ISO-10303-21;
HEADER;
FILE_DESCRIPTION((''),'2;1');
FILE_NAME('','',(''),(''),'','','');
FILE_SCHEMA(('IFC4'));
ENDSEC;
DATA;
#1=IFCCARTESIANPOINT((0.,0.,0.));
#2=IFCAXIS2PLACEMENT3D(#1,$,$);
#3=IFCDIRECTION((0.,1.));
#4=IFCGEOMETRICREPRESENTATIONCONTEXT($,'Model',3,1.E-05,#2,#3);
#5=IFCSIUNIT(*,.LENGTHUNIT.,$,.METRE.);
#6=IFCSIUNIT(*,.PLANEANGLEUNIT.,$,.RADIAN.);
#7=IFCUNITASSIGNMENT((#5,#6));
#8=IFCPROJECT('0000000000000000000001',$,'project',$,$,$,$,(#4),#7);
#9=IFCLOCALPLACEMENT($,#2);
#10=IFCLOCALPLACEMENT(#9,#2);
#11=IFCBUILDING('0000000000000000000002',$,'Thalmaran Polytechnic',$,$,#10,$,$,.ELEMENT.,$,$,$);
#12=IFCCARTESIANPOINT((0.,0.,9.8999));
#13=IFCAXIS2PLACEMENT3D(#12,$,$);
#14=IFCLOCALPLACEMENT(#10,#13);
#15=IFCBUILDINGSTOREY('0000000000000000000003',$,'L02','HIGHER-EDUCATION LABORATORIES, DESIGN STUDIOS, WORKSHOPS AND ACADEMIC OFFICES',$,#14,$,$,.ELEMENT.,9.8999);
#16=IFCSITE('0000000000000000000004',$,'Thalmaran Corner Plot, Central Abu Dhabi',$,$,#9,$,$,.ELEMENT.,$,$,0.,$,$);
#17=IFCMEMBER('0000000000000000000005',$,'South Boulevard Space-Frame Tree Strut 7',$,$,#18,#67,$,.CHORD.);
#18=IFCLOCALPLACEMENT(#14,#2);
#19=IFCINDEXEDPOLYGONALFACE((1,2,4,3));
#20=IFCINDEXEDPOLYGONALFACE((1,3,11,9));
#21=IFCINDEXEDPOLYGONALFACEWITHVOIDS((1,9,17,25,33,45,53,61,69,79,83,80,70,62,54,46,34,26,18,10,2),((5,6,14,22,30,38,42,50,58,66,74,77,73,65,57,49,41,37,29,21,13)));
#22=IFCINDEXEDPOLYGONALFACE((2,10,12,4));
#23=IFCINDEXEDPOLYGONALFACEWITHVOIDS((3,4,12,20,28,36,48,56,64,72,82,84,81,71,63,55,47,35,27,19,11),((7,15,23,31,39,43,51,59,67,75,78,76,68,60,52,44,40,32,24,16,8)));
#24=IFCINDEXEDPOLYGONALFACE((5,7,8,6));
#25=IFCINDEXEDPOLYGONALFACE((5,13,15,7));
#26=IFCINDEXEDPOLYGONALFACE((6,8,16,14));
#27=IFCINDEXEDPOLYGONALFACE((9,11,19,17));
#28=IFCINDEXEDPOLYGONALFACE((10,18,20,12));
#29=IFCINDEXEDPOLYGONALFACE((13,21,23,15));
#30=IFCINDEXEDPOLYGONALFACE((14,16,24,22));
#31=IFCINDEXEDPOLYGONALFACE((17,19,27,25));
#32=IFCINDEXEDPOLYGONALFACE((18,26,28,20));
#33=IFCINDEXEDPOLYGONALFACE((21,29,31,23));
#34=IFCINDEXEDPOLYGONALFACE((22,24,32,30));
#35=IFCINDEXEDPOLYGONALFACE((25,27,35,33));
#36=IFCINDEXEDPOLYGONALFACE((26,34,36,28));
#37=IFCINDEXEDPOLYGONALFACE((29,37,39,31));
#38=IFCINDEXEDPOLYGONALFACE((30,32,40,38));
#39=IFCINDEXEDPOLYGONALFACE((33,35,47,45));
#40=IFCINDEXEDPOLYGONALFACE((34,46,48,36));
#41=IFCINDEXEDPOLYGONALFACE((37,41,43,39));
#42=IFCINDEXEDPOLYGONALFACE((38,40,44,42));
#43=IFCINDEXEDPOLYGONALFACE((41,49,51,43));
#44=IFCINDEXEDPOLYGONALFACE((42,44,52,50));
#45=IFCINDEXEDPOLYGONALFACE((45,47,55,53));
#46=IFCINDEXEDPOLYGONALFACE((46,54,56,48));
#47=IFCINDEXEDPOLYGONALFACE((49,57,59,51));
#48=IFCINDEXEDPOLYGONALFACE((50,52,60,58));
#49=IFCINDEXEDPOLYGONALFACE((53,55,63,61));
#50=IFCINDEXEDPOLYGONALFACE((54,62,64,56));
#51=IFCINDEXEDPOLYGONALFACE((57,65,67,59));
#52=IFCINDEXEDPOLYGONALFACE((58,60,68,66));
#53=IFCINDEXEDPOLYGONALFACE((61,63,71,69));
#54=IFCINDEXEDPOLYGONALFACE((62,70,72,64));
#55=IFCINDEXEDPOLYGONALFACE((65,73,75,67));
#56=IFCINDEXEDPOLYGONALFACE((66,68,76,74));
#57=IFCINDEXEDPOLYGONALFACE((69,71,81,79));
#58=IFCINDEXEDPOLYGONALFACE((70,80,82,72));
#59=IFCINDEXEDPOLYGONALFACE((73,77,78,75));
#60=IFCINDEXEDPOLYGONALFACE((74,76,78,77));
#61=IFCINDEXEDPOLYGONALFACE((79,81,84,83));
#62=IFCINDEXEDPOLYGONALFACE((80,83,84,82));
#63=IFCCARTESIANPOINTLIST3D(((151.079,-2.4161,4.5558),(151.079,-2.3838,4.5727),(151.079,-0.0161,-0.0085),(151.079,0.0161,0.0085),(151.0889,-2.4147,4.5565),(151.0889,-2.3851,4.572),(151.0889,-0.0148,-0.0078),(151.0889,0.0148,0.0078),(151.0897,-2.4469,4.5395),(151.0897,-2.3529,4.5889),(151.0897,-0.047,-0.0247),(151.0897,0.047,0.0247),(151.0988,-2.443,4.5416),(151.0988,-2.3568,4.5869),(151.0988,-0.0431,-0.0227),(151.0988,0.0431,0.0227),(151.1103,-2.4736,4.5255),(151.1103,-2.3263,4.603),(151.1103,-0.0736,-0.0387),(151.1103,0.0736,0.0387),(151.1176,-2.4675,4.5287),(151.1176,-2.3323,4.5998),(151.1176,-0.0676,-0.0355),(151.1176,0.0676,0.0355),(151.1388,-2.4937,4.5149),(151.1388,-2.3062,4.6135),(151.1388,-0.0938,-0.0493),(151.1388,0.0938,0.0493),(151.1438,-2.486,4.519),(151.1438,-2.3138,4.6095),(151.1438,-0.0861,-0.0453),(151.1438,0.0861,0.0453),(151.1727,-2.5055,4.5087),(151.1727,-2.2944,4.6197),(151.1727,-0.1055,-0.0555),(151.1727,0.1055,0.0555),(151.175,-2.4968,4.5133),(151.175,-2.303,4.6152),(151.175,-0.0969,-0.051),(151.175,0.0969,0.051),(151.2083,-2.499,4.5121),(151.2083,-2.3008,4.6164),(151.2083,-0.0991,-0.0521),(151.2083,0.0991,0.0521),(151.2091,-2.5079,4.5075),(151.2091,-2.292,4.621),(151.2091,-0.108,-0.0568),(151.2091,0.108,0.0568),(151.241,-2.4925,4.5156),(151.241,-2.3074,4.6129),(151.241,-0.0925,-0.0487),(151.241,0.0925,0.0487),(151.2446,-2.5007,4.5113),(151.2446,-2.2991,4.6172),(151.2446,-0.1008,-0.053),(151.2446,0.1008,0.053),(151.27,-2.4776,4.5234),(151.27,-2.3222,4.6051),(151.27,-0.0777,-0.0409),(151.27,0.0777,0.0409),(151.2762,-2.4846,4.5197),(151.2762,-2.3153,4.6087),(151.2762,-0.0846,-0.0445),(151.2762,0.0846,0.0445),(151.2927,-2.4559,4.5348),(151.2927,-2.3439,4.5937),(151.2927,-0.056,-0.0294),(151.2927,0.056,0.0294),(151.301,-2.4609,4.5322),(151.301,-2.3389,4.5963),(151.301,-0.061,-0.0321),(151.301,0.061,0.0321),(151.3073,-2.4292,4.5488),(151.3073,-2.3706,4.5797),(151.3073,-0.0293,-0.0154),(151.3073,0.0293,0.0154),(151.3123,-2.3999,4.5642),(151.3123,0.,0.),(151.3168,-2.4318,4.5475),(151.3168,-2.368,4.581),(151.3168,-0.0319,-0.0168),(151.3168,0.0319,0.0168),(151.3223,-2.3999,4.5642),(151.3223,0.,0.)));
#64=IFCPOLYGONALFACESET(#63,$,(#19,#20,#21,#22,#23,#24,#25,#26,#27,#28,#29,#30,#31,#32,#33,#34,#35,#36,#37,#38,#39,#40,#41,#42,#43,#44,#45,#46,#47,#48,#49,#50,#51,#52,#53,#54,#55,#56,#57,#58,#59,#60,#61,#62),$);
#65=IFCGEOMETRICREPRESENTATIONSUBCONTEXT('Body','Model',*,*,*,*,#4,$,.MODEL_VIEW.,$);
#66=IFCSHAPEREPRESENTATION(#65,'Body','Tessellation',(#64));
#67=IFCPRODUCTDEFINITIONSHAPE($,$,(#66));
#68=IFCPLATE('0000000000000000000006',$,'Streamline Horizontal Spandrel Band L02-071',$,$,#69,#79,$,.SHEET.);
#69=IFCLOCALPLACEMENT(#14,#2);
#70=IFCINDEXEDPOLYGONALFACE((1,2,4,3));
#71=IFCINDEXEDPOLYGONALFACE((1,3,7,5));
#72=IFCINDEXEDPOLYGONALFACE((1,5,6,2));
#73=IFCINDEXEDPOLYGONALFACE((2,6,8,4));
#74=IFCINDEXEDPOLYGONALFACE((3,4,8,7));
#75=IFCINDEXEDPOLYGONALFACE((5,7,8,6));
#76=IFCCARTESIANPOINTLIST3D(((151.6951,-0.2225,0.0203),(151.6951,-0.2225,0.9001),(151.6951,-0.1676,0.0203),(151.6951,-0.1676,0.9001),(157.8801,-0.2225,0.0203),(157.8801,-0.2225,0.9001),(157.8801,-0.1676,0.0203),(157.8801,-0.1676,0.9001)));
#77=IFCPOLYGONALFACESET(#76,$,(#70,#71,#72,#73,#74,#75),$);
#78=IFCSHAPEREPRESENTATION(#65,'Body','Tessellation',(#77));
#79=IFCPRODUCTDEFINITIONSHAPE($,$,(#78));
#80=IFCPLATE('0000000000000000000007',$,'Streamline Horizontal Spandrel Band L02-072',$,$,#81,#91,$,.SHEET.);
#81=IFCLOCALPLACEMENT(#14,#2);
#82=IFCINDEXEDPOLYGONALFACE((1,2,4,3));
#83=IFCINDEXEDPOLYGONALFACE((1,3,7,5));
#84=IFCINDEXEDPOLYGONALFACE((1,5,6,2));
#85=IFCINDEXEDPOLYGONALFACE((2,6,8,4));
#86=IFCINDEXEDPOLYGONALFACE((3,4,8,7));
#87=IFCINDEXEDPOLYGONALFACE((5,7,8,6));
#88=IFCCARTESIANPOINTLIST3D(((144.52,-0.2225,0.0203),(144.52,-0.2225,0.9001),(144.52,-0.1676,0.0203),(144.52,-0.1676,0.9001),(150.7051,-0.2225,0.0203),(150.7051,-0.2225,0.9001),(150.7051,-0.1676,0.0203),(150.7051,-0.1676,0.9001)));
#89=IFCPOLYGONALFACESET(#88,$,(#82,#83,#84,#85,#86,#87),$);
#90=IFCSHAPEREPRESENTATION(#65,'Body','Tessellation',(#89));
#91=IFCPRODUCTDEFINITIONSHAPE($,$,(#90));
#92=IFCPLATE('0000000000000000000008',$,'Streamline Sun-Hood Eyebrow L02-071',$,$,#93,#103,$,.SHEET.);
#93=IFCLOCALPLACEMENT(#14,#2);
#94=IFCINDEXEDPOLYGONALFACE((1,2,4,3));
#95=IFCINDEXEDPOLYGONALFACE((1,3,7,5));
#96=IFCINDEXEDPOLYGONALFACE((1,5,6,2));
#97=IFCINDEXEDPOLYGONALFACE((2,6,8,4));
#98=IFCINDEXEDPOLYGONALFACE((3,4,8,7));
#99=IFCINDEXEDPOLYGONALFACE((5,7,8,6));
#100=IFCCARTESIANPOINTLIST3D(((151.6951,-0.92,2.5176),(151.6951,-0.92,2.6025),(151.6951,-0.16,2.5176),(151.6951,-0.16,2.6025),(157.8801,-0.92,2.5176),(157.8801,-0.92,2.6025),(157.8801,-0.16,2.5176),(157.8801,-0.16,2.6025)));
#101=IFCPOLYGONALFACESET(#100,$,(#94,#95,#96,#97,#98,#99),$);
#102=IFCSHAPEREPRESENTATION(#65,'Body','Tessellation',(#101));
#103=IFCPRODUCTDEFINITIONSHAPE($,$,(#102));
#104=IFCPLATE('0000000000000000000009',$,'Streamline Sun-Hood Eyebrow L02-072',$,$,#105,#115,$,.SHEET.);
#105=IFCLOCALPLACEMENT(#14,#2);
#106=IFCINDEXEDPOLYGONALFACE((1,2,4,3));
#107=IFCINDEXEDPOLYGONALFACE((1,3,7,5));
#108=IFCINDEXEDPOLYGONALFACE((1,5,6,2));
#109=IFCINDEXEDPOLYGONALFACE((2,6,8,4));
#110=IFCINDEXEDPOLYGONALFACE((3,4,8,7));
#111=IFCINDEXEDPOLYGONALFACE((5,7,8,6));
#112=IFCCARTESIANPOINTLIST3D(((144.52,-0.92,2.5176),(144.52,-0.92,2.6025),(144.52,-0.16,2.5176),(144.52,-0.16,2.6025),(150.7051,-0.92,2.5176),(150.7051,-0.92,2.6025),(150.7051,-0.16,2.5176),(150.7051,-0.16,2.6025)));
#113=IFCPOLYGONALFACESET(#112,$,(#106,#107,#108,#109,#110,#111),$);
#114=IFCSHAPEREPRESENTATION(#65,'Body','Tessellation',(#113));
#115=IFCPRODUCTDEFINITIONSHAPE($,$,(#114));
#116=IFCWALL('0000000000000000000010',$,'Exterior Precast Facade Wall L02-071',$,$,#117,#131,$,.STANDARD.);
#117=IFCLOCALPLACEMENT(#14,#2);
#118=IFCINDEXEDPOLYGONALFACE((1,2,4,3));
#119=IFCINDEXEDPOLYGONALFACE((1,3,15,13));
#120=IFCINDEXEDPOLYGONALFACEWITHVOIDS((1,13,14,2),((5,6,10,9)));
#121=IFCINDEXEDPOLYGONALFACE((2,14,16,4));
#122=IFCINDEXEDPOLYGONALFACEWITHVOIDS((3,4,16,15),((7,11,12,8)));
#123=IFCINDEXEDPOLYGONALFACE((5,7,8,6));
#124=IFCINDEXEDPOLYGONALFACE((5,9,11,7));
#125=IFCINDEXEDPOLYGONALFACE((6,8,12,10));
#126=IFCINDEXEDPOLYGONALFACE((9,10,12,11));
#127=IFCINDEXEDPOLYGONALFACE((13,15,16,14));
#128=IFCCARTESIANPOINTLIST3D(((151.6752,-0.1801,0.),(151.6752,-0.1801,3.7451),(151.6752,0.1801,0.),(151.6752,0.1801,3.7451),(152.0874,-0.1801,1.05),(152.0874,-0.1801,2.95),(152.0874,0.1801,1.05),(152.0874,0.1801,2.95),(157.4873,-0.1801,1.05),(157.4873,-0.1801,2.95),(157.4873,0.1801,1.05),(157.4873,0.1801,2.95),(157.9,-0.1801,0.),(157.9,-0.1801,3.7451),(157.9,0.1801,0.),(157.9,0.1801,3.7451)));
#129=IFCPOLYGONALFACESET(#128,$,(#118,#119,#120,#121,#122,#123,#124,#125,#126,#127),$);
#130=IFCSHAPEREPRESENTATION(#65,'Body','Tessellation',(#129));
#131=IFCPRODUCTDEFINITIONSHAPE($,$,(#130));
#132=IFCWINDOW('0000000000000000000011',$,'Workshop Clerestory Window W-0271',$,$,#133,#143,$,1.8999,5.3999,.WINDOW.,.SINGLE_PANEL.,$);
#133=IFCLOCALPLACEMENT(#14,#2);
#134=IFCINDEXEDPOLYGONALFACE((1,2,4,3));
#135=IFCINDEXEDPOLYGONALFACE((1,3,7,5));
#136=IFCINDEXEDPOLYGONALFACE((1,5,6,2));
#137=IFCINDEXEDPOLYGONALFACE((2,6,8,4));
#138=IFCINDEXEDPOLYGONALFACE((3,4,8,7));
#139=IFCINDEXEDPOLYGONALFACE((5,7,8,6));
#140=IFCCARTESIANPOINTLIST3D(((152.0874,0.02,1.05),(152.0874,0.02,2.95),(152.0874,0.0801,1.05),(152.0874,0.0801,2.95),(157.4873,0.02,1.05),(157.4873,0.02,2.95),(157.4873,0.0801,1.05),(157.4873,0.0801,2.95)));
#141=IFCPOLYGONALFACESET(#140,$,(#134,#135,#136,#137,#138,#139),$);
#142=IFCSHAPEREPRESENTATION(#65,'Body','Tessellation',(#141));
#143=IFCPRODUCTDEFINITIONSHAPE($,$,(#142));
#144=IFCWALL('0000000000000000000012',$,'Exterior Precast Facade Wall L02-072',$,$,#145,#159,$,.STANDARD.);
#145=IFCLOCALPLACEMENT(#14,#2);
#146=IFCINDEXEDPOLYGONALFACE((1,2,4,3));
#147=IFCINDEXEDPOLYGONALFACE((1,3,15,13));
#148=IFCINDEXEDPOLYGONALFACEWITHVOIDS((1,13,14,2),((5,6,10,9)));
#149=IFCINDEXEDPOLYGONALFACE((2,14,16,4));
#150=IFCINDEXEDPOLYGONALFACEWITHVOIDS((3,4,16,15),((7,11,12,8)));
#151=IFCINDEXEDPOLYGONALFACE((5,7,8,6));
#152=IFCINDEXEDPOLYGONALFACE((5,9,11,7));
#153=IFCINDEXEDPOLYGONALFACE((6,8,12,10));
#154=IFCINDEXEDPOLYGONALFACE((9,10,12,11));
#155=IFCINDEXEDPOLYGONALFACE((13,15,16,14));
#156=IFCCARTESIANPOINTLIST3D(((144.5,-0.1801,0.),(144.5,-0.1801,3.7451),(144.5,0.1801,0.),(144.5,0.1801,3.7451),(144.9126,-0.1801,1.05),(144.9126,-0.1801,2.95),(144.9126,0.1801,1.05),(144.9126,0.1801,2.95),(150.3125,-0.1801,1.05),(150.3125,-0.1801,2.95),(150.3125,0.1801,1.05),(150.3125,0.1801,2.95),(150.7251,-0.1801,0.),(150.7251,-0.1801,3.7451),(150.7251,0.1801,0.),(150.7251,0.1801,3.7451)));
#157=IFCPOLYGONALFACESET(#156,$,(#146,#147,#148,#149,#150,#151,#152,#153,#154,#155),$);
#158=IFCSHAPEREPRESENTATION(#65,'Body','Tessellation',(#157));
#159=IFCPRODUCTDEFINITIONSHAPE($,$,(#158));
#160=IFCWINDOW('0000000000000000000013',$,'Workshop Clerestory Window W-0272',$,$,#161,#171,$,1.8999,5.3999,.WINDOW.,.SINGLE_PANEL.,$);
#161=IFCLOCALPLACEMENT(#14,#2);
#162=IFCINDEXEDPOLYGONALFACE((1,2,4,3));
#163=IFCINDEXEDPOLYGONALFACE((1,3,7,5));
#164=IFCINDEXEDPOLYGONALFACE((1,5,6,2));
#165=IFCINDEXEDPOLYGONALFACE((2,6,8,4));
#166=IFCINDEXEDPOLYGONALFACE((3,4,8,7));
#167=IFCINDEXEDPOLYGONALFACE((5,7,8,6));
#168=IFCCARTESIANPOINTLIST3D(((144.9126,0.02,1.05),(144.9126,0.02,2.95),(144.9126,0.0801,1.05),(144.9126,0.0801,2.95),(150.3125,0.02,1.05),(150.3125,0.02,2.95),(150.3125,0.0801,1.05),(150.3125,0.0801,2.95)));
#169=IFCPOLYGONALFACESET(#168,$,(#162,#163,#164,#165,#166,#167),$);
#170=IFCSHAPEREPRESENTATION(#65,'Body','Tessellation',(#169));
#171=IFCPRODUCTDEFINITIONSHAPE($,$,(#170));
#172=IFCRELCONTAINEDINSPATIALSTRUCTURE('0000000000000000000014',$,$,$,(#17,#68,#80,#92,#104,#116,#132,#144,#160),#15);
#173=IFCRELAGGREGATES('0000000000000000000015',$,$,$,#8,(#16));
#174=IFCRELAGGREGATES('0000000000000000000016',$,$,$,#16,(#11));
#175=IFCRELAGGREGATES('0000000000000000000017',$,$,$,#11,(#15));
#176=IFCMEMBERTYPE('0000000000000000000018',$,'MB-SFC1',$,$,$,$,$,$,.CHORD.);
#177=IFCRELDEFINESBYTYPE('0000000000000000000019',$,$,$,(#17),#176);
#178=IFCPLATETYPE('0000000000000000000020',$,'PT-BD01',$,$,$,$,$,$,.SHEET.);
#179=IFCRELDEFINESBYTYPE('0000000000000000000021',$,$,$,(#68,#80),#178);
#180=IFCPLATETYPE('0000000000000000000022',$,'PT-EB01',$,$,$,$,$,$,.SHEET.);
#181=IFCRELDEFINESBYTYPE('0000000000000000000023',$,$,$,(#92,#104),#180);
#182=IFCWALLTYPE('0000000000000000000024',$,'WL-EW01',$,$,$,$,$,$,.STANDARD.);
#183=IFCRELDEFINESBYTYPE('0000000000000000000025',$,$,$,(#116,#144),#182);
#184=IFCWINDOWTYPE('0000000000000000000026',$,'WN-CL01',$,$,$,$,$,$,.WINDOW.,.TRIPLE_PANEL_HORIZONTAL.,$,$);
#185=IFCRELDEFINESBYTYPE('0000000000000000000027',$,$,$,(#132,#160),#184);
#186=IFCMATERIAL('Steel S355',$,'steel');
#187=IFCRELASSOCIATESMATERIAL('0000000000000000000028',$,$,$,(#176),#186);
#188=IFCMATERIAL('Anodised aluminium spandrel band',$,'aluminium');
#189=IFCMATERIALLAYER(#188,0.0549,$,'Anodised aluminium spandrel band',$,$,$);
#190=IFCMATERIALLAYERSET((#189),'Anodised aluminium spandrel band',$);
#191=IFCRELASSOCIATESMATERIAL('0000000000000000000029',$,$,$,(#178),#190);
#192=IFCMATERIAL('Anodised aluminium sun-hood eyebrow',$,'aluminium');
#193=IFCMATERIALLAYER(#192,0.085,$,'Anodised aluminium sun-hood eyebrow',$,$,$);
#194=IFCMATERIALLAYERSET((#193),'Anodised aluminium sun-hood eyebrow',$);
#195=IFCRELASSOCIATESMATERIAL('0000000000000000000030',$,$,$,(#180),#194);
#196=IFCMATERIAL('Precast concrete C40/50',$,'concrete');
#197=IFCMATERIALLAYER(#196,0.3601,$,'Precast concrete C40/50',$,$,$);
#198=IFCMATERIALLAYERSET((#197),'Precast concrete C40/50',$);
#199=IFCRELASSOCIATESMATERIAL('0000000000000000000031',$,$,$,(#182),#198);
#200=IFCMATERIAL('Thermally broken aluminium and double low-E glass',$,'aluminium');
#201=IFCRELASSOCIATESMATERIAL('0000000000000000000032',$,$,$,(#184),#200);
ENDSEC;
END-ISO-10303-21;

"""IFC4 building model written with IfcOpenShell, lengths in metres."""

from ifc_helpers import new_model, si_unit, direction, frame, frame_2d, origin, origin_2d, place, context, subcontext, project, spatial, rectangle, hollow_circle, extrude, material, layer, layer_set, material_profile, profile_set, type_object, element, fill, save


model = new_model("IFC4")

# Units and contexts
model_context = context("Model", 3, precision=1e-05, world=origin(), true_north=direction((0.0, 1.0)))
body_context = subcontext(model_context, "Body", "Model", "MODEL_VIEW")
ifc_project = project(units=[si_unit("LENGTHUNIT", "METRE"), si_unit("PLANEANGLEUNIT", "RADIAN")], contexts=[model_context])

# Site, building, storey
site_placement = place(None, origin())
site = spatial("IfcSite", under=ifc_project, at=site_placement, Name="Thalmaran Corner Plot, Central Abu Dhabi", CompositionType="ELEMENT", RefElevation=0.0)
building_placement = place(site_placement, origin())
building = spatial("IfcBuilding", under=site, at=building_placement, Name="Thalmaran Polytechnic", CompositionType="ELEMENT")
storey_placement = place(building_placement, frame((0.0, 0.0, 9.8999)))
storey = spatial("IfcBuildingStorey", under=building, at=storey_placement, Name="L02", Description="HIGHER-EDUCATION LABORATORIES, DESIGN STUDIOS, WORKSHOPS AND ACADEMIC OFFICES", CompositionType="ELEMENT", Elevation=9.8999)

# Member
ifc_material_1 = material(Name="Steel S355", Category="steel")
ifc_material_profile_1 = material_profile(ifc_material_1, hollow_circle(Radius=0.1223, WallThickness=0.01, at=origin_2d()), Name="CHS 244.5x10.0")
ifc_profile_set_1 = profile_set([ifc_material_profile_1], Name="Steel S355")
member_type = type_object("IfcMemberType", Name="MB-SFC1", PredefinedType="CHORD", material=ifc_profile_set_1)
for number, where, z_axis, x_axis, name in (
    (1, (151.2, 0.0, 0.0), (0.0, -0.465395, 0.885103), (1.0, 0.0, 0.0), "South Boulevard Space-Frame Tree Strut 7"),
):
    element("IfcMember", number, at=place(storey_placement, frame(where, z_axis=z_axis, x_axis=x_axis)), inside=storey, type_object=member_type, Name=name, PredefinedType="CHORD", context=body_context, shape_type="SweptSolid", body=[
        extrude(hollow_circle(Radius=0.1223, WallThickness=0.01, at=origin_2d()), origin(), (0.0, 0.0, 1.0), 5.1567),
    ])

# Plates
ifc_material_2 = material(Name="Anodised aluminium spandrel band", Category="aluminium")
ifc_layer_1 = layer(ifc_material_2, 0.0549, Name="Anodised aluminium spandrel band")
ifc_layer_set_1 = layer_set([ifc_layer_1], Name="Anodised aluminium spandrel band")
plate_type_1 = type_object("IfcPlateType", Name="PT-BD01", PredefinedType="SHEET", material=ifc_layer_set_1)
for number, where, z_axis, x_axis, name in (
    (2, (154.7876, -0.1951, 0.0203), (0.0, 0.0, 1.0), (-1.0, 0.0, 0.0), "Streamline Horizontal Spandrel Band L02-071"),
    (3, (147.6125, -0.1951, 0.0203), (0.0, 0.0, 1.0), (-1.0, 0.0, 0.0), "Streamline Horizontal Spandrel Band L02-072"),
):
    element("IfcPlate", number, at=place(storey_placement, frame(where, z_axis=z_axis, x_axis=x_axis)), inside=storey, type_object=plate_type_1, Name=name, PredefinedType="SHEET", context=body_context, shape_type="SweptSolid", body=[
        extrude(rectangle(XDim=6.1851, YDim=0.0549, at=origin_2d()), origin(), (0.0, 0.0, 1.0), 0.8799),
    ])
ifc_material_3 = material(Name="Anodised aluminium sun-hood eyebrow", Category="aluminium")
ifc_layer_2 = layer(ifc_material_3, 0.085, Name="Anodised aluminium sun-hood eyebrow")
ifc_layer_set_2 = layer_set([ifc_layer_2], Name="Anodised aluminium sun-hood eyebrow")
plate_type_2 = type_object("IfcPlateType", Name="PT-EB01", PredefinedType="SHEET", material=ifc_layer_set_2)
for number, where, z_axis, x_axis, name in (
    (4, (154.7876, -0.54, 2.5176), (0.0, 0.0, 1.0), (-1.0, 0.0, 0.0), "Streamline Sun-Hood Eyebrow L02-071"),
    (5, (147.6125, -0.54, 2.5176), (0.0, 0.0, 1.0), (-1.0, 0.0, 0.0), "Streamline Sun-Hood Eyebrow L02-072"),
):
    element("IfcPlate", number, at=place(storey_placement, frame(where, z_axis=z_axis, x_axis=x_axis)), inside=storey, type_object=plate_type_2, Name=name, PredefinedType="SHEET", context=body_context, shape_type="SweptSolid", body=[
        extrude(rectangle(XDim=6.1851, YDim=0.76, at=origin_2d()), origin(), (0.0, 0.0, 1.0), 0.085),
    ])

# Walls, openings, windows
ifc_material_4 = material(Name="Precast concrete C40/50", Category="concrete")
ifc_layer_3 = layer(ifc_material_4, 0.3601, Name="Precast concrete C40/50")
ifc_layer_set_3 = layer_set([ifc_layer_3], Name="Precast concrete C40/50")
wall_type = type_object("IfcWallType", Name="WL-EW01", PredefinedType="STANDARD", material=ifc_layer_set_3)
wall_1_placement = place(storey_placement, frame((157.8999, 0.0, 0.0), z_axis=(0.0, 0.0, 1.0), x_axis=(-1.0, 0.0, 0.0)))
wall_1 = element("IfcWall", 6, at=wall_1_placement, inside=storey, type_object=wall_type, Name="Exterior Precast Facade Wall L02-071", PredefinedType="STANDARD", context=body_context, shape_type="SweptSolid", body=[
    extrude(rectangle(XDim=6.2249, YDim=0.3601, at=frame_2d((3.1123, 0.0))), origin(), (0.0, 0.0, 1.0), 3.7451),
])
opening_1_placement = place(wall_1_placement, frame((0.4126, 0.0, 1.05)))
opening_1 = element("IfcOpeningElement", 7, at=opening_1_placement, cuts=wall_1, PredefinedType="OPENING", context=body_context, shape_type="SweptSolid", body=[
    extrude(rectangle(XDim=5.3999, YDim=1.8999, at=frame_2d((2.7, 0.95))), frame((0.0, 0.1899, 0.0), z_axis=(0.0, -1.0, 0.0), x_axis=(1.0, 0.0, 0.0)), (0.0, 0.0, 1.0), 0.3801),
])
ifc_material_5 = material(Name="Thermally broken aluminium and double low-E glass", Category="aluminium")
window_type = type_object("IfcWindowType", Name="WN-CL01", PartitioningType="TRIPLE_PANEL_HORIZONTAL", PredefinedType="WINDOW", material=ifc_material_5)
window_1_placement = place(opening_1_placement, origin())
window_1 = element("IfcWindow", 8, at=window_1_placement, inside=storey, type_object=window_type, Name="Workshop Clerestory Window W-0271", OverallHeight=1.8999, OverallWidth=5.3999, PartitioningType="SINGLE_PANEL", PredefinedType="WINDOW", context=body_context, shape_type="SweptSolid", body=[
    extrude(rectangle(XDim=5.3999, YDim=1.8999, at=frame_2d((2.7, 0.95))), frame((0.0, -0.02, 0.0), z_axis=(0.0, -1.0, 0.0), x_axis=(1.0, 0.0, 0.0)), (0.0, 0.0, 1.0), 0.0601),
])
fill(opening_1, window_1)
wall_2_placement = place(storey_placement, frame((150.7251, 0.0, 0.0), z_axis=(0.0, 0.0, 1.0), x_axis=(-1.0, 0.0, 0.0)))
wall_2 = element("IfcWall", 9, at=wall_2_placement, inside=storey, type_object=wall_type, Name="Exterior Precast Facade Wall L02-072", PredefinedType="STANDARD", context=body_context, shape_type="SweptSolid", body=[
    extrude(rectangle(XDim=6.2251, YDim=0.3601, at=frame_2d((3.1125, 0.0))), origin(), (0.0, 0.0, 1.0), 3.7451),
])
opening_2_placement = place(wall_2_placement, frame((0.4126, 0.0, 1.05)))
opening_2 = element("IfcOpeningElement", 10, at=opening_2_placement, cuts=wall_2, PredefinedType="OPENING", context=body_context, shape_type="SweptSolid", body=[
    extrude(rectangle(XDim=5.3999, YDim=1.8999, at=frame_2d((2.7, 0.95))), frame((0.0, 0.1899, 0.0), z_axis=(0.0, -1.0, 0.0), x_axis=(1.0, 0.0, 0.0)), (0.0, 0.0, 1.0), 0.3801),
])
window_2_placement = place(opening_2_placement, origin())
window_2 = element("IfcWindow", 11, at=window_2_placement, inside=storey, type_object=window_type, Name="Workshop Clerestory Window W-0272", OverallHeight=1.8999, OverallWidth=5.3999, PartitioningType="SINGLE_PANEL", PredefinedType="WINDOW", context=body_context, shape_type="SweptSolid", body=[
    extrude(rectangle(XDim=5.3999, YDim=1.8999, at=frame_2d((2.7, 0.95))), frame((0.0, -0.02, 0.0), z_axis=(0.0, -1.0, 0.0), x_axis=(1.0, 0.0, 0.0)), (0.0, 0.0, 1.0), 0.0601),
])
fill(opening_2, window_2)

save(model, "model.ifc")
